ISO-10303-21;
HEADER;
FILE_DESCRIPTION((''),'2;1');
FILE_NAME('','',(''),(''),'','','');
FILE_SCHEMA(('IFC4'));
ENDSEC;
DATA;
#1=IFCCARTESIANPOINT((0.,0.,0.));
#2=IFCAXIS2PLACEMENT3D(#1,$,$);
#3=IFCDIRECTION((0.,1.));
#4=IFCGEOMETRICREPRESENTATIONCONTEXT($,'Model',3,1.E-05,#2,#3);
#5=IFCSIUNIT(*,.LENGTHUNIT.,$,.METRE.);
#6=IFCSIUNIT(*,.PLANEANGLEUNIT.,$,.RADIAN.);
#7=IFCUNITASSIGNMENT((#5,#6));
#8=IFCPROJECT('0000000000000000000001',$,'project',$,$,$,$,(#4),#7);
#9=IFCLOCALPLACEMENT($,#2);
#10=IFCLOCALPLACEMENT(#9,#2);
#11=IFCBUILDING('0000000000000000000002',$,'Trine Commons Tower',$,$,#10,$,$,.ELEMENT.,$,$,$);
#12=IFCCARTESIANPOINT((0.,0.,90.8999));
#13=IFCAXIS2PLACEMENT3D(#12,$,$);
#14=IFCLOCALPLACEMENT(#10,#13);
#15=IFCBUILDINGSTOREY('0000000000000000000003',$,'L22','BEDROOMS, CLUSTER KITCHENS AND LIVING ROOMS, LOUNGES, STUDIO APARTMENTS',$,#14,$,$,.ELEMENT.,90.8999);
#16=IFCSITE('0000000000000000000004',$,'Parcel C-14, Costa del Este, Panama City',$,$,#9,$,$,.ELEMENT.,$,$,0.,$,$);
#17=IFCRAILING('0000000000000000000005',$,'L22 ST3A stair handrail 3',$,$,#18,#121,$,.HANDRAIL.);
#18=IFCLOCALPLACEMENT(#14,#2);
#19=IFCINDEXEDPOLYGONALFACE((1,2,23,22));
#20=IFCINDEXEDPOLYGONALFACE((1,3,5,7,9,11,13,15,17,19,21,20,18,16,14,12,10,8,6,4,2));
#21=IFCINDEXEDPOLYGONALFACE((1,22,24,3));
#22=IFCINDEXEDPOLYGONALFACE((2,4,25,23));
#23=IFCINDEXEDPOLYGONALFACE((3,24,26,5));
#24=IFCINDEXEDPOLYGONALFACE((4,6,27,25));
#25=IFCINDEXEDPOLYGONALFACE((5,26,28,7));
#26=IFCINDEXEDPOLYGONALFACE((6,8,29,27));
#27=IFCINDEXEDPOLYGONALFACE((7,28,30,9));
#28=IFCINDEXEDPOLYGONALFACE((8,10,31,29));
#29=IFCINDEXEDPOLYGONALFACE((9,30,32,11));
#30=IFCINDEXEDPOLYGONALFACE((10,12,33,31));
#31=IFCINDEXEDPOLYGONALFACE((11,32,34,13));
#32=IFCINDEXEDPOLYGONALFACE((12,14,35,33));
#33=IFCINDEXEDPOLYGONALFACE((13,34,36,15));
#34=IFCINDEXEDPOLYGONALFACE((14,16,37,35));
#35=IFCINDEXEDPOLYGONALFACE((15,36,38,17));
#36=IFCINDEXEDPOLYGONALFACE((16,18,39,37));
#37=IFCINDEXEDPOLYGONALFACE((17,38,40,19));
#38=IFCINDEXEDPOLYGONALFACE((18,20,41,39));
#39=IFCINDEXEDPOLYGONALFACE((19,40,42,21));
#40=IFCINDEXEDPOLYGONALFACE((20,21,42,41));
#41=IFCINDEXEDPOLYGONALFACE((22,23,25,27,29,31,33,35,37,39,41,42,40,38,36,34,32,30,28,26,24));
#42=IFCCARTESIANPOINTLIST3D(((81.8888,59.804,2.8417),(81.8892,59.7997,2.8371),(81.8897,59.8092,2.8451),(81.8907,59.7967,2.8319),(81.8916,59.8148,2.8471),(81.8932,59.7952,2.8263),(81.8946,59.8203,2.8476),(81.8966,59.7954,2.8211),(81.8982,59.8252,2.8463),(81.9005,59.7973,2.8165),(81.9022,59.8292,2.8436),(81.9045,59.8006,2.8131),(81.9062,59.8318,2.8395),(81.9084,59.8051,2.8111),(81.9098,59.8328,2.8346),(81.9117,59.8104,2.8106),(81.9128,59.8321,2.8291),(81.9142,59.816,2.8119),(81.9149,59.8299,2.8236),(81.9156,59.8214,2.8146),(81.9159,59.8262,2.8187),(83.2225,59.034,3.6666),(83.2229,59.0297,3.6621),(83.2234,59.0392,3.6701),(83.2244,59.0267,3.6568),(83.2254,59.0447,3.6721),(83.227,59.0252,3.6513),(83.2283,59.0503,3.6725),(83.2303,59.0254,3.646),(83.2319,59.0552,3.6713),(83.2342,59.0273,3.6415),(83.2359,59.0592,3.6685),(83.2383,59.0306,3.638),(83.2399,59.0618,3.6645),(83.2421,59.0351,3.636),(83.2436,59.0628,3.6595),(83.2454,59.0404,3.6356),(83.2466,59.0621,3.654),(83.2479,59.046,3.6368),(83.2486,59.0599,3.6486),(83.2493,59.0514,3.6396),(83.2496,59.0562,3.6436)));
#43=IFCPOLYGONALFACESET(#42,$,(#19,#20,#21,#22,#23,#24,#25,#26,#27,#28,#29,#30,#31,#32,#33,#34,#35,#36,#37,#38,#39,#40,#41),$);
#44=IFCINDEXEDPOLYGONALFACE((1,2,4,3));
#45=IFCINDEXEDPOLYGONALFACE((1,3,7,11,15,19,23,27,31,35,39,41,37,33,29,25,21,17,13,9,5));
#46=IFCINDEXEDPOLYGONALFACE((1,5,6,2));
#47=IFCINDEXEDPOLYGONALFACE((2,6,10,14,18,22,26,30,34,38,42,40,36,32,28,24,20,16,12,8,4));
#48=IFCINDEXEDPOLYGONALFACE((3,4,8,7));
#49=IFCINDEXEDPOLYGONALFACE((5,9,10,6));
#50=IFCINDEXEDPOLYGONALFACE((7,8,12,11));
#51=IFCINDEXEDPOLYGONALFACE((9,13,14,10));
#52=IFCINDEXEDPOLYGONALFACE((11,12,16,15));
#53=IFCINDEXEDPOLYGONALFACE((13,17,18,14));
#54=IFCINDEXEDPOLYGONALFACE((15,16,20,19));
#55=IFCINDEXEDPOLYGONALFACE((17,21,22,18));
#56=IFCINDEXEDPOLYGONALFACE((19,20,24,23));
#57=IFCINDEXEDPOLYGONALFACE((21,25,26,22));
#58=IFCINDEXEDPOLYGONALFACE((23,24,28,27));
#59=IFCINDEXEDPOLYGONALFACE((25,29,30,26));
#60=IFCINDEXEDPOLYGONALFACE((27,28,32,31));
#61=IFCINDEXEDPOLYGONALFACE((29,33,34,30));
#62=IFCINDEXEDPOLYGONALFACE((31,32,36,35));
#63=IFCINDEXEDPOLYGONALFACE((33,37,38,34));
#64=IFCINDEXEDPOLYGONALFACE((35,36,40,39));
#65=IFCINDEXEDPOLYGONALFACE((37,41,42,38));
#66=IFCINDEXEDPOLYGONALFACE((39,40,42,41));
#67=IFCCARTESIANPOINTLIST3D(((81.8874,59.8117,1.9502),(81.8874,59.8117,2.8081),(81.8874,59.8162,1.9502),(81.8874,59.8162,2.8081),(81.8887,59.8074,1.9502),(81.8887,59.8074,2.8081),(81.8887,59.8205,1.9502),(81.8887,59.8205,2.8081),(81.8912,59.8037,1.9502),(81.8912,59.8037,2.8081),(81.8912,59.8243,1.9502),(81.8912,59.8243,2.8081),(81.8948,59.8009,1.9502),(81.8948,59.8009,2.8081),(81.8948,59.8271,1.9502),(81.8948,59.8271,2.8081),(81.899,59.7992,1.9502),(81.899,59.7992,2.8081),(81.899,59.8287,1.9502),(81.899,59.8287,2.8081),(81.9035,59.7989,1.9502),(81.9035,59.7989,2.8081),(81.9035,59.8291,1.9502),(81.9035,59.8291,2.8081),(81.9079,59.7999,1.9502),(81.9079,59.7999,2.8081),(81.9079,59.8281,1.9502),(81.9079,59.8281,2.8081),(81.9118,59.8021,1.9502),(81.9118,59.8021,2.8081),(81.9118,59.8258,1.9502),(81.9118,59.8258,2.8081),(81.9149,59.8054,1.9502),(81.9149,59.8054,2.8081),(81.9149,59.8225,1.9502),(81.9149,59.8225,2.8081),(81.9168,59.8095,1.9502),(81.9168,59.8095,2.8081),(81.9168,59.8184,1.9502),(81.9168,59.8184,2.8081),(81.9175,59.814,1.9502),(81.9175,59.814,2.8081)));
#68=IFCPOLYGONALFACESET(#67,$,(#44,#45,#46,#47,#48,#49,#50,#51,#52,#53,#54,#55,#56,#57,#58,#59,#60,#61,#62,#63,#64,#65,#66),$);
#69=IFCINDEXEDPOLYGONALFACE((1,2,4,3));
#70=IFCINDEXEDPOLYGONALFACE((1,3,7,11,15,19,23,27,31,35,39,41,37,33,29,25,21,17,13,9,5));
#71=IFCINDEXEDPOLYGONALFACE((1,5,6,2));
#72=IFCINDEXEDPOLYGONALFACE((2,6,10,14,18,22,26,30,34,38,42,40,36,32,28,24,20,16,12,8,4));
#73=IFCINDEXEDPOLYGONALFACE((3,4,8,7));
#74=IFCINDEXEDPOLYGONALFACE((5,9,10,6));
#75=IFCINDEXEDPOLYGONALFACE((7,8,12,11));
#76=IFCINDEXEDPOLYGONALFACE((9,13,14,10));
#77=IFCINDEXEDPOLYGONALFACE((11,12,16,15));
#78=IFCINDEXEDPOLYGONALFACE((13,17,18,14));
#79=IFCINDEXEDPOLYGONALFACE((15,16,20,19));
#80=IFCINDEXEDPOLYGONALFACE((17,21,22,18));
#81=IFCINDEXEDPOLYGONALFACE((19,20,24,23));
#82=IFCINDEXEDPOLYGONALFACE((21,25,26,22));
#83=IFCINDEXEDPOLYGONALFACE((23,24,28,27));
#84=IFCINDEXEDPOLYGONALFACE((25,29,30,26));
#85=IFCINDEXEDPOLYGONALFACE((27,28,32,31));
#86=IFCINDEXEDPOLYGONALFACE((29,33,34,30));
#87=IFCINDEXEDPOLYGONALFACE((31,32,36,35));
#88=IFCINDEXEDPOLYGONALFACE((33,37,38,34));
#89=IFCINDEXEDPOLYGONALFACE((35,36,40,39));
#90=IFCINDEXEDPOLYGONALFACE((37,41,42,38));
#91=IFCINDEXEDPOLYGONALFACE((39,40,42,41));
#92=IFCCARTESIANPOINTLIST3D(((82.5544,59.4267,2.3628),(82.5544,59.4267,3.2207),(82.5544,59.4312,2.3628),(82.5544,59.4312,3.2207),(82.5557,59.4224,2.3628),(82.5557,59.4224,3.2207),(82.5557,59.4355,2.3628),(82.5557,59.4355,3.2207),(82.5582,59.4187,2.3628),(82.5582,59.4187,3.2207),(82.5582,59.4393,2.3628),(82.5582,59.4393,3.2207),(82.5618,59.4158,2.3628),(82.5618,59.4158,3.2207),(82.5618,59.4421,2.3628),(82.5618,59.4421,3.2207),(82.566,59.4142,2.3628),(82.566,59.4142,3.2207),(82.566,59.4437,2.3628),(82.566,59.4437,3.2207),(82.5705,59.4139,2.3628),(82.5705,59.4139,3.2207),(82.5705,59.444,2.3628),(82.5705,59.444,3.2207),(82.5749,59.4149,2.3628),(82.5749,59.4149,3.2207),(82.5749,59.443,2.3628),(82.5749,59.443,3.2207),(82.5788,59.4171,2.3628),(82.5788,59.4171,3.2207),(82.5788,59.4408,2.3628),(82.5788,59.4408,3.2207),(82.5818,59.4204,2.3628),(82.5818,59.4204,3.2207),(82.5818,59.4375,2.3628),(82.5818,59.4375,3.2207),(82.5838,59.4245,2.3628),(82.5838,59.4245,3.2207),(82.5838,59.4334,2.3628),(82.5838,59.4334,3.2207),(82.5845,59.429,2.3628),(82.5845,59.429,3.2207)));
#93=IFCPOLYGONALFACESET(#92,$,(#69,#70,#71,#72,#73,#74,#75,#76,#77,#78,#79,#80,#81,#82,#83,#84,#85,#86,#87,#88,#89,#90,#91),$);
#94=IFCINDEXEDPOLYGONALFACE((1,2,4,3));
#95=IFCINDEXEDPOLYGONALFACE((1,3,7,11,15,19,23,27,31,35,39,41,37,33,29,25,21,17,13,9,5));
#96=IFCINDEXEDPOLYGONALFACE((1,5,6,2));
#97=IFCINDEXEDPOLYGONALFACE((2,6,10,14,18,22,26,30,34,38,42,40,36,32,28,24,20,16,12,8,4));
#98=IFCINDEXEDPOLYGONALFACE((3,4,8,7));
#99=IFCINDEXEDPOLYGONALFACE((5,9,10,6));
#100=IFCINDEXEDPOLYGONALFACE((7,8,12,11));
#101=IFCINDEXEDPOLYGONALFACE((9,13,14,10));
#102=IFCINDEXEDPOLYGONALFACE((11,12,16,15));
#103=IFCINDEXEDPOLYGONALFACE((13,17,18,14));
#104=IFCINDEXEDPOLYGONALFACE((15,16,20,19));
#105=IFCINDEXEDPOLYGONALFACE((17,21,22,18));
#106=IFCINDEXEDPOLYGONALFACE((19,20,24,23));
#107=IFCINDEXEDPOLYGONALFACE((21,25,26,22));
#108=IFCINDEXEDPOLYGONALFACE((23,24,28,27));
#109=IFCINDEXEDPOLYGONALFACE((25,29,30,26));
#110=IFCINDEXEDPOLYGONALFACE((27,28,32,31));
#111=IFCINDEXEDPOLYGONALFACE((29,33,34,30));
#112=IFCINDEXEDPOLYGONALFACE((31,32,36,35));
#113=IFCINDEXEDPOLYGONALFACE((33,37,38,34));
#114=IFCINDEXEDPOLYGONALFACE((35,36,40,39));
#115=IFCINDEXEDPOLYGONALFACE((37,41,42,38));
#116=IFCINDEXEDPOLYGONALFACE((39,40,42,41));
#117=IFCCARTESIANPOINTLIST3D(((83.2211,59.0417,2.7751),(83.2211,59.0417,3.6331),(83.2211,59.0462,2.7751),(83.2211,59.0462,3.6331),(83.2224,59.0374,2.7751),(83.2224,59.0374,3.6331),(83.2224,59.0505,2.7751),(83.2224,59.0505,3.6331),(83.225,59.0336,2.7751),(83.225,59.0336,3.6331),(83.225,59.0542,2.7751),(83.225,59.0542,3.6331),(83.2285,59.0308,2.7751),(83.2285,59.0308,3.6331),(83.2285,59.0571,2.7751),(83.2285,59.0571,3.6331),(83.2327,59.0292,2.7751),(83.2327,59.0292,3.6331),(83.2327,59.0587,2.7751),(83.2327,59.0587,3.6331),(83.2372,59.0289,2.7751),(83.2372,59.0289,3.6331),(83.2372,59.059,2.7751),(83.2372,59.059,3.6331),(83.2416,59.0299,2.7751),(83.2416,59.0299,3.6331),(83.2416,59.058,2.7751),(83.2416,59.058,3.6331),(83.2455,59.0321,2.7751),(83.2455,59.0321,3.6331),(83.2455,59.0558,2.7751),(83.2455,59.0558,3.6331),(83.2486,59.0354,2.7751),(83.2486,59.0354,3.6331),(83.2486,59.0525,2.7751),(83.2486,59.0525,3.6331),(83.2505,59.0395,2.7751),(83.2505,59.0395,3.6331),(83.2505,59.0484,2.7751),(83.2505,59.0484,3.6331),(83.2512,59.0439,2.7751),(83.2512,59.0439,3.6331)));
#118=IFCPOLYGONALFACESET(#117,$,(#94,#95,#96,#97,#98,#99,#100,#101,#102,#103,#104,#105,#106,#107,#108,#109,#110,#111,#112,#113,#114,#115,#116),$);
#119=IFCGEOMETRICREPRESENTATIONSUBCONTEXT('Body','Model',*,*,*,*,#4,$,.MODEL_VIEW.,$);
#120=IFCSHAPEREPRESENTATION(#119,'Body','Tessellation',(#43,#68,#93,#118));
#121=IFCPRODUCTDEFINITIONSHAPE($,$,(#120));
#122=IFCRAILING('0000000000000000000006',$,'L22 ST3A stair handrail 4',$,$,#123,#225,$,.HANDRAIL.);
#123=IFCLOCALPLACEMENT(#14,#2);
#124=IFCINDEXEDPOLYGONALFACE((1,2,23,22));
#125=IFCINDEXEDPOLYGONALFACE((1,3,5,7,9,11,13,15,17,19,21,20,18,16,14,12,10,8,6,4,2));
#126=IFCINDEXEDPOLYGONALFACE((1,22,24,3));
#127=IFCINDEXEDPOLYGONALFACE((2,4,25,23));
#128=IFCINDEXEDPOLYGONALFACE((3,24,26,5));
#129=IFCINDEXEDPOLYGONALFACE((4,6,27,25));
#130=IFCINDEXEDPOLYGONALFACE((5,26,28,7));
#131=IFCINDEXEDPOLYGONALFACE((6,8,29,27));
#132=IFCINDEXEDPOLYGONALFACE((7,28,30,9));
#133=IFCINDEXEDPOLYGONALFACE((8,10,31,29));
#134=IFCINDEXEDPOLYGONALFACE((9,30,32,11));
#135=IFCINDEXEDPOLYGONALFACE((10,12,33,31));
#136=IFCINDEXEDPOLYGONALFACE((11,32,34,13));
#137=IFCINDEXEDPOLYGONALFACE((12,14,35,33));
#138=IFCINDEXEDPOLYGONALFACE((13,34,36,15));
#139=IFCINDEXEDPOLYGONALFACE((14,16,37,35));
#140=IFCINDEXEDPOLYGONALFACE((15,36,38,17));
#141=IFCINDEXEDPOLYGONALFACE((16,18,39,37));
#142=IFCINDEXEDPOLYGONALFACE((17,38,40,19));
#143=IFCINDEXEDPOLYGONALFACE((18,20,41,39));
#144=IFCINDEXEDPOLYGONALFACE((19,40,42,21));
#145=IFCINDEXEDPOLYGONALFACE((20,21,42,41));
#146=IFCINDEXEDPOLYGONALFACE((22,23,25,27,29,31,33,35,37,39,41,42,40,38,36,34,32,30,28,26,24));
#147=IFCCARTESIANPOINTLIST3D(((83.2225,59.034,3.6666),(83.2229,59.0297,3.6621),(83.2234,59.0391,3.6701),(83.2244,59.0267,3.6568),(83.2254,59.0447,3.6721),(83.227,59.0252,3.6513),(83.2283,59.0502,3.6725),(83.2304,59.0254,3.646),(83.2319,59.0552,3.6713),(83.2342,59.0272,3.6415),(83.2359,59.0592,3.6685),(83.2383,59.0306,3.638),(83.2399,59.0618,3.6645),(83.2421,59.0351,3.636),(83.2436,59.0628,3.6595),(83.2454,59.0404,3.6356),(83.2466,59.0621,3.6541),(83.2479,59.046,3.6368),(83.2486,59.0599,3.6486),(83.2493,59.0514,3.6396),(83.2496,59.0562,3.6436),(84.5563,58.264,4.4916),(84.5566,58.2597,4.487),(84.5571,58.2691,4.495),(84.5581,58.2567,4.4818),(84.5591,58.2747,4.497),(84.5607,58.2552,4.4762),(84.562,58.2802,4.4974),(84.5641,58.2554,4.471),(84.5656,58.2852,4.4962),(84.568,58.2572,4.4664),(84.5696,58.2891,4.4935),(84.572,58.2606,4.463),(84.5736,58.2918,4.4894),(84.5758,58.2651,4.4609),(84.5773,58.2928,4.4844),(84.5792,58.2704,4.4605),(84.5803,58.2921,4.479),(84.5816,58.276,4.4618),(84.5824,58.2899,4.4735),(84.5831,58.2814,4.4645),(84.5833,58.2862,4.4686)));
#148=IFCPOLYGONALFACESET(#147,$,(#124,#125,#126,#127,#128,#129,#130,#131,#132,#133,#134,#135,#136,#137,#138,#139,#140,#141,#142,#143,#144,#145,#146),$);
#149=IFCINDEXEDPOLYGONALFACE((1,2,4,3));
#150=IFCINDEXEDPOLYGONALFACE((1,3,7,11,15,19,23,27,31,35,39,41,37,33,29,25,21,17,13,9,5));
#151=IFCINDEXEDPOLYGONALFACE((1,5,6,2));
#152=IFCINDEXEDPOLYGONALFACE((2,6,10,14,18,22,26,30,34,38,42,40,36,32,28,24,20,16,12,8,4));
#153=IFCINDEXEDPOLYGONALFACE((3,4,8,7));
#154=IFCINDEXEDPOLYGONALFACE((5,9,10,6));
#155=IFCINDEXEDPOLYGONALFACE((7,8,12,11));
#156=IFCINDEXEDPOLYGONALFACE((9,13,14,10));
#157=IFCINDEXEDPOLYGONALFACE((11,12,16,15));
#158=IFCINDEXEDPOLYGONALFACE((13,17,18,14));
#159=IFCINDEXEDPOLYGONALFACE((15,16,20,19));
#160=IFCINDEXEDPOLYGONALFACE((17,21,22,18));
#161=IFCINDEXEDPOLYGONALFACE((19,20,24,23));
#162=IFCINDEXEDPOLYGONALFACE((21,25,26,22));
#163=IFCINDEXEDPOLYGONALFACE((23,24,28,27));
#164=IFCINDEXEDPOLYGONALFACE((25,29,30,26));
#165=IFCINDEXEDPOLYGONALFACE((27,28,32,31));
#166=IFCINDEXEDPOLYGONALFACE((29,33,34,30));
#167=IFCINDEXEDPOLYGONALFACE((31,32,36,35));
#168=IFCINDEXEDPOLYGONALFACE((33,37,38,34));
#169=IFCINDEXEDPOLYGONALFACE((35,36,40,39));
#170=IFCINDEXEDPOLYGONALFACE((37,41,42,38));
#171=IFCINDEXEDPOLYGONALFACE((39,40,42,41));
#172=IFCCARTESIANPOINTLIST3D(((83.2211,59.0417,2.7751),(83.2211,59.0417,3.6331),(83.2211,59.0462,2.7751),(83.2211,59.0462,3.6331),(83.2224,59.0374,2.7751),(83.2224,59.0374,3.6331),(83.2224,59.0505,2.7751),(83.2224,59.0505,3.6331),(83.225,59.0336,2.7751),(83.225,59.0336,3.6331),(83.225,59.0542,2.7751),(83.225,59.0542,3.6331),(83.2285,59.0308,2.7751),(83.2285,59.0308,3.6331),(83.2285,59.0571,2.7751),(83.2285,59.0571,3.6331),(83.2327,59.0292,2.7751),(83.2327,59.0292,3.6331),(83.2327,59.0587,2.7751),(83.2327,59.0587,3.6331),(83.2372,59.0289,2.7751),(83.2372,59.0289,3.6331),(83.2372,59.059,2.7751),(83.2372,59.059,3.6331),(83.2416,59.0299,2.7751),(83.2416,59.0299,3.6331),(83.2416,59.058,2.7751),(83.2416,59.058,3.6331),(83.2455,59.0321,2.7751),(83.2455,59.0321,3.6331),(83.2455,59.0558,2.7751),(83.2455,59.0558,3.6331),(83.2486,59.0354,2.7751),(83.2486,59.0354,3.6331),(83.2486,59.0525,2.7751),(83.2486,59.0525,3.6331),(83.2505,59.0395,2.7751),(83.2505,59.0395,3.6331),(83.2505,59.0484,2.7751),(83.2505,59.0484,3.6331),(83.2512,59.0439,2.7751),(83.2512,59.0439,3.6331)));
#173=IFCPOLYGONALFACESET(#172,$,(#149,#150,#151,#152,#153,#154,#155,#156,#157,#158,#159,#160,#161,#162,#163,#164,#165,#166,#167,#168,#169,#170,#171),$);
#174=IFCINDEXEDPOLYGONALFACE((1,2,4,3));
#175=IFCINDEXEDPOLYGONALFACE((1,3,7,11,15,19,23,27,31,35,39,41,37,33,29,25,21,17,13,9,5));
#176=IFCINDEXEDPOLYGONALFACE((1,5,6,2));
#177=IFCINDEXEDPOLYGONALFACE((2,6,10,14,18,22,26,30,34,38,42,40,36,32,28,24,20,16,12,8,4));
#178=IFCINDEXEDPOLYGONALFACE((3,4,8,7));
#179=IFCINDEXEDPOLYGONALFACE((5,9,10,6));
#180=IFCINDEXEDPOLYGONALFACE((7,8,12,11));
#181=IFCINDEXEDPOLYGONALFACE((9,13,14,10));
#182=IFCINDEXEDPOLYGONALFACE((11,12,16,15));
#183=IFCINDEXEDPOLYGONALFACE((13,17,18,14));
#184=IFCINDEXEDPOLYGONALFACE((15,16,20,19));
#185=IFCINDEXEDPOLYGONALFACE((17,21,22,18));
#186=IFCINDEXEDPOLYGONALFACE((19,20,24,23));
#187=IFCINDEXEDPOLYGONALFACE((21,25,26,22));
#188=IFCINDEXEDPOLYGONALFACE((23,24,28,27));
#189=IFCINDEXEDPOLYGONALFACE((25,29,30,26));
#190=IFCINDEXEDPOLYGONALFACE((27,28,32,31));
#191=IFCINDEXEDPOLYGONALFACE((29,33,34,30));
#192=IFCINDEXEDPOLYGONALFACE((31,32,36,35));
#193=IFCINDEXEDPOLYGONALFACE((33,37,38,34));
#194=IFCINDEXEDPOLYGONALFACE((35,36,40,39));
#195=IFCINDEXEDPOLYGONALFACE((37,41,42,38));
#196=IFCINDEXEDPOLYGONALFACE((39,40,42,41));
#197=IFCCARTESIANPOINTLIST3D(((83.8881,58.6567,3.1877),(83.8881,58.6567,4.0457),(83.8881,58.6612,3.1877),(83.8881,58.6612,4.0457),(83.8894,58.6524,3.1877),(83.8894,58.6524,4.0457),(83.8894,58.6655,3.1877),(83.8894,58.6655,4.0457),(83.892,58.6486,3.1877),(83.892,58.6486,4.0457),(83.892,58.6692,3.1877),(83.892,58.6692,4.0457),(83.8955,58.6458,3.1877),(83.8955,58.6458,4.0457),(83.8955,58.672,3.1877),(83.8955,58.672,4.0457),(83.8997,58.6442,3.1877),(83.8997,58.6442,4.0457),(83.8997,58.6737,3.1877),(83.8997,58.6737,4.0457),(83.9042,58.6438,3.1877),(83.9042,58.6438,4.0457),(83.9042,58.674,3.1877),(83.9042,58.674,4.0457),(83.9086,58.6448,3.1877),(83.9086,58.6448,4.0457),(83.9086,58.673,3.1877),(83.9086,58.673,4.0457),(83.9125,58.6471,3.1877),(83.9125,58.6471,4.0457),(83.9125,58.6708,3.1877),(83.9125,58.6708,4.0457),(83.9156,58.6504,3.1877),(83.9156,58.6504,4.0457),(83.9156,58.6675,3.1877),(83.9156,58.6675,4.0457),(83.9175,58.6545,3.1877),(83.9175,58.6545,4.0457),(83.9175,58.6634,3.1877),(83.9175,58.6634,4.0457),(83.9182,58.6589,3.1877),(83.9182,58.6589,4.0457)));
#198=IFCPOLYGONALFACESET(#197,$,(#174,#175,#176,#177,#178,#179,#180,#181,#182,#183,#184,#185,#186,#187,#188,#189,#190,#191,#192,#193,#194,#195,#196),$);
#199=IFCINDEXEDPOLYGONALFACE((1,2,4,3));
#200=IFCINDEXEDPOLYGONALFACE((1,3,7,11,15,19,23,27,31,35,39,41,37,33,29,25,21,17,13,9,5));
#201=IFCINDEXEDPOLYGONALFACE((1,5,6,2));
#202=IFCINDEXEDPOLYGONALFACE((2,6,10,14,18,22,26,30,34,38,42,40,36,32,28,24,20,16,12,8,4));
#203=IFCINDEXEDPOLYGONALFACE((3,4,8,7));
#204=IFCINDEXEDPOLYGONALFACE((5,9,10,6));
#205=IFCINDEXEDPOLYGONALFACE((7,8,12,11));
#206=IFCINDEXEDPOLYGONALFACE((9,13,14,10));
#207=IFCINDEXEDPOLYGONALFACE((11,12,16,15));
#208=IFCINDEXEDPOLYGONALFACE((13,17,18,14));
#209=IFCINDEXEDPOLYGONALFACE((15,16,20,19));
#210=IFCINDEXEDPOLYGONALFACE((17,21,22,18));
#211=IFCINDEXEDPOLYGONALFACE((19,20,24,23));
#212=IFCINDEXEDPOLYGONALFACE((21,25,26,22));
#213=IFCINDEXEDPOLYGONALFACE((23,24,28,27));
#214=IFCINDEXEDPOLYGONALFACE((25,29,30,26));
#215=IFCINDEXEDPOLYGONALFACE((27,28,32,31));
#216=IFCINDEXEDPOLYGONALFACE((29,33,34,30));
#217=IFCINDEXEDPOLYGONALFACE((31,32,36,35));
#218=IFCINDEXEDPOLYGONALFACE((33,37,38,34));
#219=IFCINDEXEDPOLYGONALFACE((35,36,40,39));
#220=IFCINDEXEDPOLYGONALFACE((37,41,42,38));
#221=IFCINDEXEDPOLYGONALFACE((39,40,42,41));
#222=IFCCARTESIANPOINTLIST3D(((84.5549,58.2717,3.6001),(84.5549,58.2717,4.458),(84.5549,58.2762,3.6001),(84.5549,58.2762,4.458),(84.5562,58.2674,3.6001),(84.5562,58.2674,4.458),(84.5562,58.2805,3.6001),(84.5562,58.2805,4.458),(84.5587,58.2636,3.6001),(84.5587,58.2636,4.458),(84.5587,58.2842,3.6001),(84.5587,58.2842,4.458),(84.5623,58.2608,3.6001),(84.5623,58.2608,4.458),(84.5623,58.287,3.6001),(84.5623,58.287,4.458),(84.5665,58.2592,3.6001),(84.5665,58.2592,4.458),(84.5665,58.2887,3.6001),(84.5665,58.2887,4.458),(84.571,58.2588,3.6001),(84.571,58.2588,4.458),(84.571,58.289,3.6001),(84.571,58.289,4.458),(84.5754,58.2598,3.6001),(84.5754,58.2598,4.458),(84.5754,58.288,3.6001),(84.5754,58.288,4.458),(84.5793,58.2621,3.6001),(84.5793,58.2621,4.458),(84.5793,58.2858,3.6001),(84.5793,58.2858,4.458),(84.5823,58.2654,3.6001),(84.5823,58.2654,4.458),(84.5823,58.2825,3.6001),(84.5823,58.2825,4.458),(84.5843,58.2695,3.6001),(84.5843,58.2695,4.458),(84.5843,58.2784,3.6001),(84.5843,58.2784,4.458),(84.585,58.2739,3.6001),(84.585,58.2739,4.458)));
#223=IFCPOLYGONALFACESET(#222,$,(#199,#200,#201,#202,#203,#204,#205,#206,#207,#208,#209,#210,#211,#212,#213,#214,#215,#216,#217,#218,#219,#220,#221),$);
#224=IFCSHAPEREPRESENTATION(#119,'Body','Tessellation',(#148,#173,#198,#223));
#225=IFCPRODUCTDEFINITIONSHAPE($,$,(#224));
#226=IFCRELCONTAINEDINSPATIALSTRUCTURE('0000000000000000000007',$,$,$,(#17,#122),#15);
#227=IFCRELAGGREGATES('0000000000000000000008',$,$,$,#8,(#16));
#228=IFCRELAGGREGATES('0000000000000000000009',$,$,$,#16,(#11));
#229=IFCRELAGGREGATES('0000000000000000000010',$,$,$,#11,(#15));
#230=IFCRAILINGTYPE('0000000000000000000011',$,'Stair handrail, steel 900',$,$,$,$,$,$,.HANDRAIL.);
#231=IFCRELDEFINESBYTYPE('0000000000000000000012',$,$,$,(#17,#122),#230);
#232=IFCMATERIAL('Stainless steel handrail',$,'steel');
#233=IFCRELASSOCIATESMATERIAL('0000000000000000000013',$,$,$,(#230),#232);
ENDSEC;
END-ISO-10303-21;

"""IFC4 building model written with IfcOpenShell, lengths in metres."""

from ifc_helpers import new_model, si_unit, direction, frame, origin, origin_2d, place, context, subcontext, project, spatial, circle, extrude, material, type_object, element, save


model = new_model("IFC4")

# Units and contexts
model_context = context("Model", 3, precision=1e-05, world=origin(), true_north=direction((0.0, 1.0)))
body_context = subcontext(model_context, "Body", "Model", "MODEL_VIEW")
ifc_project = project(units=[si_unit("LENGTHUNIT", "METRE"), si_unit("PLANEANGLEUNIT", "RADIAN")], contexts=[model_context])

# Site, building, storey
site_placement = place(None, origin())
site = spatial("IfcSite", under=ifc_project, at=site_placement, Name="Parcel C-14, Costa del Este, Panama City", CompositionType="ELEMENT", RefElevation=0.0)
building_placement = place(site_placement, origin())
building = spatial("IfcBuilding", under=site, at=building_placement, Name="Trine Commons Tower", CompositionType="ELEMENT")
storey_placement = place(building_placement, frame((0.0, 0.0, 90.8999)))
storey = spatial("IfcBuildingStorey", under=building, at=storey_placement, Name="L22", Description="BEDROOMS, CLUSTER KITCHENS AND LIVING ROOMS, LOUNGES, STUDIO APARTMENTS", CompositionType="ELEMENT", Elevation=90.8999)

# Railings
ifc_material_1 = material(Name="Stainless steel handrail", Category="steel")
railing_type_1 = type_object("IfcRailingType", Name="Stair handrail, steel 900", PredefinedType="HANDRAIL", material=ifc_material_1)
for number, where, name in (
    (1, (81.9023, 59.814, 1.9502), "L22 ST3A stair handrail 3"),
    (2, (83.2361, 59.0439, 2.7751), "L22 ST3A stair handrail 4"),
):
    element("IfcRailing", number, at=place(storey_placement, frame(where)), inside=storey, type_object=railing_type_1, Name=name, PredefinedType="HANDRAIL", context=body_context, shape_type="SweptSolid", body=[
        extrude(circle(Radius=0.021, at=origin_2d()), frame((0.0, 0.0, 0.8789), z_axis=(0.763405, -0.440743, 0.472185), x_axis=(0.499992, 0.86603, 0.0)), (0.0, 0.0, 1.0), 1.7471),
        extrude(circle(Radius=0.0151, at=origin_2d()), origin(), (0.0, 0.0, 1.0), 0.8579),
        extrude(circle(Radius=0.0151, at=origin_2d()), frame((0.667, -0.385, 0.4126)), (0.0, 0.0, 1.0), 0.8579),
        extrude(circle(Radius=0.0151, at=origin_2d()), frame((1.3337, -0.77, 0.825)), (0.0, 0.0, 1.0), 0.8579),
    ])

save(model, "model.ifc")
